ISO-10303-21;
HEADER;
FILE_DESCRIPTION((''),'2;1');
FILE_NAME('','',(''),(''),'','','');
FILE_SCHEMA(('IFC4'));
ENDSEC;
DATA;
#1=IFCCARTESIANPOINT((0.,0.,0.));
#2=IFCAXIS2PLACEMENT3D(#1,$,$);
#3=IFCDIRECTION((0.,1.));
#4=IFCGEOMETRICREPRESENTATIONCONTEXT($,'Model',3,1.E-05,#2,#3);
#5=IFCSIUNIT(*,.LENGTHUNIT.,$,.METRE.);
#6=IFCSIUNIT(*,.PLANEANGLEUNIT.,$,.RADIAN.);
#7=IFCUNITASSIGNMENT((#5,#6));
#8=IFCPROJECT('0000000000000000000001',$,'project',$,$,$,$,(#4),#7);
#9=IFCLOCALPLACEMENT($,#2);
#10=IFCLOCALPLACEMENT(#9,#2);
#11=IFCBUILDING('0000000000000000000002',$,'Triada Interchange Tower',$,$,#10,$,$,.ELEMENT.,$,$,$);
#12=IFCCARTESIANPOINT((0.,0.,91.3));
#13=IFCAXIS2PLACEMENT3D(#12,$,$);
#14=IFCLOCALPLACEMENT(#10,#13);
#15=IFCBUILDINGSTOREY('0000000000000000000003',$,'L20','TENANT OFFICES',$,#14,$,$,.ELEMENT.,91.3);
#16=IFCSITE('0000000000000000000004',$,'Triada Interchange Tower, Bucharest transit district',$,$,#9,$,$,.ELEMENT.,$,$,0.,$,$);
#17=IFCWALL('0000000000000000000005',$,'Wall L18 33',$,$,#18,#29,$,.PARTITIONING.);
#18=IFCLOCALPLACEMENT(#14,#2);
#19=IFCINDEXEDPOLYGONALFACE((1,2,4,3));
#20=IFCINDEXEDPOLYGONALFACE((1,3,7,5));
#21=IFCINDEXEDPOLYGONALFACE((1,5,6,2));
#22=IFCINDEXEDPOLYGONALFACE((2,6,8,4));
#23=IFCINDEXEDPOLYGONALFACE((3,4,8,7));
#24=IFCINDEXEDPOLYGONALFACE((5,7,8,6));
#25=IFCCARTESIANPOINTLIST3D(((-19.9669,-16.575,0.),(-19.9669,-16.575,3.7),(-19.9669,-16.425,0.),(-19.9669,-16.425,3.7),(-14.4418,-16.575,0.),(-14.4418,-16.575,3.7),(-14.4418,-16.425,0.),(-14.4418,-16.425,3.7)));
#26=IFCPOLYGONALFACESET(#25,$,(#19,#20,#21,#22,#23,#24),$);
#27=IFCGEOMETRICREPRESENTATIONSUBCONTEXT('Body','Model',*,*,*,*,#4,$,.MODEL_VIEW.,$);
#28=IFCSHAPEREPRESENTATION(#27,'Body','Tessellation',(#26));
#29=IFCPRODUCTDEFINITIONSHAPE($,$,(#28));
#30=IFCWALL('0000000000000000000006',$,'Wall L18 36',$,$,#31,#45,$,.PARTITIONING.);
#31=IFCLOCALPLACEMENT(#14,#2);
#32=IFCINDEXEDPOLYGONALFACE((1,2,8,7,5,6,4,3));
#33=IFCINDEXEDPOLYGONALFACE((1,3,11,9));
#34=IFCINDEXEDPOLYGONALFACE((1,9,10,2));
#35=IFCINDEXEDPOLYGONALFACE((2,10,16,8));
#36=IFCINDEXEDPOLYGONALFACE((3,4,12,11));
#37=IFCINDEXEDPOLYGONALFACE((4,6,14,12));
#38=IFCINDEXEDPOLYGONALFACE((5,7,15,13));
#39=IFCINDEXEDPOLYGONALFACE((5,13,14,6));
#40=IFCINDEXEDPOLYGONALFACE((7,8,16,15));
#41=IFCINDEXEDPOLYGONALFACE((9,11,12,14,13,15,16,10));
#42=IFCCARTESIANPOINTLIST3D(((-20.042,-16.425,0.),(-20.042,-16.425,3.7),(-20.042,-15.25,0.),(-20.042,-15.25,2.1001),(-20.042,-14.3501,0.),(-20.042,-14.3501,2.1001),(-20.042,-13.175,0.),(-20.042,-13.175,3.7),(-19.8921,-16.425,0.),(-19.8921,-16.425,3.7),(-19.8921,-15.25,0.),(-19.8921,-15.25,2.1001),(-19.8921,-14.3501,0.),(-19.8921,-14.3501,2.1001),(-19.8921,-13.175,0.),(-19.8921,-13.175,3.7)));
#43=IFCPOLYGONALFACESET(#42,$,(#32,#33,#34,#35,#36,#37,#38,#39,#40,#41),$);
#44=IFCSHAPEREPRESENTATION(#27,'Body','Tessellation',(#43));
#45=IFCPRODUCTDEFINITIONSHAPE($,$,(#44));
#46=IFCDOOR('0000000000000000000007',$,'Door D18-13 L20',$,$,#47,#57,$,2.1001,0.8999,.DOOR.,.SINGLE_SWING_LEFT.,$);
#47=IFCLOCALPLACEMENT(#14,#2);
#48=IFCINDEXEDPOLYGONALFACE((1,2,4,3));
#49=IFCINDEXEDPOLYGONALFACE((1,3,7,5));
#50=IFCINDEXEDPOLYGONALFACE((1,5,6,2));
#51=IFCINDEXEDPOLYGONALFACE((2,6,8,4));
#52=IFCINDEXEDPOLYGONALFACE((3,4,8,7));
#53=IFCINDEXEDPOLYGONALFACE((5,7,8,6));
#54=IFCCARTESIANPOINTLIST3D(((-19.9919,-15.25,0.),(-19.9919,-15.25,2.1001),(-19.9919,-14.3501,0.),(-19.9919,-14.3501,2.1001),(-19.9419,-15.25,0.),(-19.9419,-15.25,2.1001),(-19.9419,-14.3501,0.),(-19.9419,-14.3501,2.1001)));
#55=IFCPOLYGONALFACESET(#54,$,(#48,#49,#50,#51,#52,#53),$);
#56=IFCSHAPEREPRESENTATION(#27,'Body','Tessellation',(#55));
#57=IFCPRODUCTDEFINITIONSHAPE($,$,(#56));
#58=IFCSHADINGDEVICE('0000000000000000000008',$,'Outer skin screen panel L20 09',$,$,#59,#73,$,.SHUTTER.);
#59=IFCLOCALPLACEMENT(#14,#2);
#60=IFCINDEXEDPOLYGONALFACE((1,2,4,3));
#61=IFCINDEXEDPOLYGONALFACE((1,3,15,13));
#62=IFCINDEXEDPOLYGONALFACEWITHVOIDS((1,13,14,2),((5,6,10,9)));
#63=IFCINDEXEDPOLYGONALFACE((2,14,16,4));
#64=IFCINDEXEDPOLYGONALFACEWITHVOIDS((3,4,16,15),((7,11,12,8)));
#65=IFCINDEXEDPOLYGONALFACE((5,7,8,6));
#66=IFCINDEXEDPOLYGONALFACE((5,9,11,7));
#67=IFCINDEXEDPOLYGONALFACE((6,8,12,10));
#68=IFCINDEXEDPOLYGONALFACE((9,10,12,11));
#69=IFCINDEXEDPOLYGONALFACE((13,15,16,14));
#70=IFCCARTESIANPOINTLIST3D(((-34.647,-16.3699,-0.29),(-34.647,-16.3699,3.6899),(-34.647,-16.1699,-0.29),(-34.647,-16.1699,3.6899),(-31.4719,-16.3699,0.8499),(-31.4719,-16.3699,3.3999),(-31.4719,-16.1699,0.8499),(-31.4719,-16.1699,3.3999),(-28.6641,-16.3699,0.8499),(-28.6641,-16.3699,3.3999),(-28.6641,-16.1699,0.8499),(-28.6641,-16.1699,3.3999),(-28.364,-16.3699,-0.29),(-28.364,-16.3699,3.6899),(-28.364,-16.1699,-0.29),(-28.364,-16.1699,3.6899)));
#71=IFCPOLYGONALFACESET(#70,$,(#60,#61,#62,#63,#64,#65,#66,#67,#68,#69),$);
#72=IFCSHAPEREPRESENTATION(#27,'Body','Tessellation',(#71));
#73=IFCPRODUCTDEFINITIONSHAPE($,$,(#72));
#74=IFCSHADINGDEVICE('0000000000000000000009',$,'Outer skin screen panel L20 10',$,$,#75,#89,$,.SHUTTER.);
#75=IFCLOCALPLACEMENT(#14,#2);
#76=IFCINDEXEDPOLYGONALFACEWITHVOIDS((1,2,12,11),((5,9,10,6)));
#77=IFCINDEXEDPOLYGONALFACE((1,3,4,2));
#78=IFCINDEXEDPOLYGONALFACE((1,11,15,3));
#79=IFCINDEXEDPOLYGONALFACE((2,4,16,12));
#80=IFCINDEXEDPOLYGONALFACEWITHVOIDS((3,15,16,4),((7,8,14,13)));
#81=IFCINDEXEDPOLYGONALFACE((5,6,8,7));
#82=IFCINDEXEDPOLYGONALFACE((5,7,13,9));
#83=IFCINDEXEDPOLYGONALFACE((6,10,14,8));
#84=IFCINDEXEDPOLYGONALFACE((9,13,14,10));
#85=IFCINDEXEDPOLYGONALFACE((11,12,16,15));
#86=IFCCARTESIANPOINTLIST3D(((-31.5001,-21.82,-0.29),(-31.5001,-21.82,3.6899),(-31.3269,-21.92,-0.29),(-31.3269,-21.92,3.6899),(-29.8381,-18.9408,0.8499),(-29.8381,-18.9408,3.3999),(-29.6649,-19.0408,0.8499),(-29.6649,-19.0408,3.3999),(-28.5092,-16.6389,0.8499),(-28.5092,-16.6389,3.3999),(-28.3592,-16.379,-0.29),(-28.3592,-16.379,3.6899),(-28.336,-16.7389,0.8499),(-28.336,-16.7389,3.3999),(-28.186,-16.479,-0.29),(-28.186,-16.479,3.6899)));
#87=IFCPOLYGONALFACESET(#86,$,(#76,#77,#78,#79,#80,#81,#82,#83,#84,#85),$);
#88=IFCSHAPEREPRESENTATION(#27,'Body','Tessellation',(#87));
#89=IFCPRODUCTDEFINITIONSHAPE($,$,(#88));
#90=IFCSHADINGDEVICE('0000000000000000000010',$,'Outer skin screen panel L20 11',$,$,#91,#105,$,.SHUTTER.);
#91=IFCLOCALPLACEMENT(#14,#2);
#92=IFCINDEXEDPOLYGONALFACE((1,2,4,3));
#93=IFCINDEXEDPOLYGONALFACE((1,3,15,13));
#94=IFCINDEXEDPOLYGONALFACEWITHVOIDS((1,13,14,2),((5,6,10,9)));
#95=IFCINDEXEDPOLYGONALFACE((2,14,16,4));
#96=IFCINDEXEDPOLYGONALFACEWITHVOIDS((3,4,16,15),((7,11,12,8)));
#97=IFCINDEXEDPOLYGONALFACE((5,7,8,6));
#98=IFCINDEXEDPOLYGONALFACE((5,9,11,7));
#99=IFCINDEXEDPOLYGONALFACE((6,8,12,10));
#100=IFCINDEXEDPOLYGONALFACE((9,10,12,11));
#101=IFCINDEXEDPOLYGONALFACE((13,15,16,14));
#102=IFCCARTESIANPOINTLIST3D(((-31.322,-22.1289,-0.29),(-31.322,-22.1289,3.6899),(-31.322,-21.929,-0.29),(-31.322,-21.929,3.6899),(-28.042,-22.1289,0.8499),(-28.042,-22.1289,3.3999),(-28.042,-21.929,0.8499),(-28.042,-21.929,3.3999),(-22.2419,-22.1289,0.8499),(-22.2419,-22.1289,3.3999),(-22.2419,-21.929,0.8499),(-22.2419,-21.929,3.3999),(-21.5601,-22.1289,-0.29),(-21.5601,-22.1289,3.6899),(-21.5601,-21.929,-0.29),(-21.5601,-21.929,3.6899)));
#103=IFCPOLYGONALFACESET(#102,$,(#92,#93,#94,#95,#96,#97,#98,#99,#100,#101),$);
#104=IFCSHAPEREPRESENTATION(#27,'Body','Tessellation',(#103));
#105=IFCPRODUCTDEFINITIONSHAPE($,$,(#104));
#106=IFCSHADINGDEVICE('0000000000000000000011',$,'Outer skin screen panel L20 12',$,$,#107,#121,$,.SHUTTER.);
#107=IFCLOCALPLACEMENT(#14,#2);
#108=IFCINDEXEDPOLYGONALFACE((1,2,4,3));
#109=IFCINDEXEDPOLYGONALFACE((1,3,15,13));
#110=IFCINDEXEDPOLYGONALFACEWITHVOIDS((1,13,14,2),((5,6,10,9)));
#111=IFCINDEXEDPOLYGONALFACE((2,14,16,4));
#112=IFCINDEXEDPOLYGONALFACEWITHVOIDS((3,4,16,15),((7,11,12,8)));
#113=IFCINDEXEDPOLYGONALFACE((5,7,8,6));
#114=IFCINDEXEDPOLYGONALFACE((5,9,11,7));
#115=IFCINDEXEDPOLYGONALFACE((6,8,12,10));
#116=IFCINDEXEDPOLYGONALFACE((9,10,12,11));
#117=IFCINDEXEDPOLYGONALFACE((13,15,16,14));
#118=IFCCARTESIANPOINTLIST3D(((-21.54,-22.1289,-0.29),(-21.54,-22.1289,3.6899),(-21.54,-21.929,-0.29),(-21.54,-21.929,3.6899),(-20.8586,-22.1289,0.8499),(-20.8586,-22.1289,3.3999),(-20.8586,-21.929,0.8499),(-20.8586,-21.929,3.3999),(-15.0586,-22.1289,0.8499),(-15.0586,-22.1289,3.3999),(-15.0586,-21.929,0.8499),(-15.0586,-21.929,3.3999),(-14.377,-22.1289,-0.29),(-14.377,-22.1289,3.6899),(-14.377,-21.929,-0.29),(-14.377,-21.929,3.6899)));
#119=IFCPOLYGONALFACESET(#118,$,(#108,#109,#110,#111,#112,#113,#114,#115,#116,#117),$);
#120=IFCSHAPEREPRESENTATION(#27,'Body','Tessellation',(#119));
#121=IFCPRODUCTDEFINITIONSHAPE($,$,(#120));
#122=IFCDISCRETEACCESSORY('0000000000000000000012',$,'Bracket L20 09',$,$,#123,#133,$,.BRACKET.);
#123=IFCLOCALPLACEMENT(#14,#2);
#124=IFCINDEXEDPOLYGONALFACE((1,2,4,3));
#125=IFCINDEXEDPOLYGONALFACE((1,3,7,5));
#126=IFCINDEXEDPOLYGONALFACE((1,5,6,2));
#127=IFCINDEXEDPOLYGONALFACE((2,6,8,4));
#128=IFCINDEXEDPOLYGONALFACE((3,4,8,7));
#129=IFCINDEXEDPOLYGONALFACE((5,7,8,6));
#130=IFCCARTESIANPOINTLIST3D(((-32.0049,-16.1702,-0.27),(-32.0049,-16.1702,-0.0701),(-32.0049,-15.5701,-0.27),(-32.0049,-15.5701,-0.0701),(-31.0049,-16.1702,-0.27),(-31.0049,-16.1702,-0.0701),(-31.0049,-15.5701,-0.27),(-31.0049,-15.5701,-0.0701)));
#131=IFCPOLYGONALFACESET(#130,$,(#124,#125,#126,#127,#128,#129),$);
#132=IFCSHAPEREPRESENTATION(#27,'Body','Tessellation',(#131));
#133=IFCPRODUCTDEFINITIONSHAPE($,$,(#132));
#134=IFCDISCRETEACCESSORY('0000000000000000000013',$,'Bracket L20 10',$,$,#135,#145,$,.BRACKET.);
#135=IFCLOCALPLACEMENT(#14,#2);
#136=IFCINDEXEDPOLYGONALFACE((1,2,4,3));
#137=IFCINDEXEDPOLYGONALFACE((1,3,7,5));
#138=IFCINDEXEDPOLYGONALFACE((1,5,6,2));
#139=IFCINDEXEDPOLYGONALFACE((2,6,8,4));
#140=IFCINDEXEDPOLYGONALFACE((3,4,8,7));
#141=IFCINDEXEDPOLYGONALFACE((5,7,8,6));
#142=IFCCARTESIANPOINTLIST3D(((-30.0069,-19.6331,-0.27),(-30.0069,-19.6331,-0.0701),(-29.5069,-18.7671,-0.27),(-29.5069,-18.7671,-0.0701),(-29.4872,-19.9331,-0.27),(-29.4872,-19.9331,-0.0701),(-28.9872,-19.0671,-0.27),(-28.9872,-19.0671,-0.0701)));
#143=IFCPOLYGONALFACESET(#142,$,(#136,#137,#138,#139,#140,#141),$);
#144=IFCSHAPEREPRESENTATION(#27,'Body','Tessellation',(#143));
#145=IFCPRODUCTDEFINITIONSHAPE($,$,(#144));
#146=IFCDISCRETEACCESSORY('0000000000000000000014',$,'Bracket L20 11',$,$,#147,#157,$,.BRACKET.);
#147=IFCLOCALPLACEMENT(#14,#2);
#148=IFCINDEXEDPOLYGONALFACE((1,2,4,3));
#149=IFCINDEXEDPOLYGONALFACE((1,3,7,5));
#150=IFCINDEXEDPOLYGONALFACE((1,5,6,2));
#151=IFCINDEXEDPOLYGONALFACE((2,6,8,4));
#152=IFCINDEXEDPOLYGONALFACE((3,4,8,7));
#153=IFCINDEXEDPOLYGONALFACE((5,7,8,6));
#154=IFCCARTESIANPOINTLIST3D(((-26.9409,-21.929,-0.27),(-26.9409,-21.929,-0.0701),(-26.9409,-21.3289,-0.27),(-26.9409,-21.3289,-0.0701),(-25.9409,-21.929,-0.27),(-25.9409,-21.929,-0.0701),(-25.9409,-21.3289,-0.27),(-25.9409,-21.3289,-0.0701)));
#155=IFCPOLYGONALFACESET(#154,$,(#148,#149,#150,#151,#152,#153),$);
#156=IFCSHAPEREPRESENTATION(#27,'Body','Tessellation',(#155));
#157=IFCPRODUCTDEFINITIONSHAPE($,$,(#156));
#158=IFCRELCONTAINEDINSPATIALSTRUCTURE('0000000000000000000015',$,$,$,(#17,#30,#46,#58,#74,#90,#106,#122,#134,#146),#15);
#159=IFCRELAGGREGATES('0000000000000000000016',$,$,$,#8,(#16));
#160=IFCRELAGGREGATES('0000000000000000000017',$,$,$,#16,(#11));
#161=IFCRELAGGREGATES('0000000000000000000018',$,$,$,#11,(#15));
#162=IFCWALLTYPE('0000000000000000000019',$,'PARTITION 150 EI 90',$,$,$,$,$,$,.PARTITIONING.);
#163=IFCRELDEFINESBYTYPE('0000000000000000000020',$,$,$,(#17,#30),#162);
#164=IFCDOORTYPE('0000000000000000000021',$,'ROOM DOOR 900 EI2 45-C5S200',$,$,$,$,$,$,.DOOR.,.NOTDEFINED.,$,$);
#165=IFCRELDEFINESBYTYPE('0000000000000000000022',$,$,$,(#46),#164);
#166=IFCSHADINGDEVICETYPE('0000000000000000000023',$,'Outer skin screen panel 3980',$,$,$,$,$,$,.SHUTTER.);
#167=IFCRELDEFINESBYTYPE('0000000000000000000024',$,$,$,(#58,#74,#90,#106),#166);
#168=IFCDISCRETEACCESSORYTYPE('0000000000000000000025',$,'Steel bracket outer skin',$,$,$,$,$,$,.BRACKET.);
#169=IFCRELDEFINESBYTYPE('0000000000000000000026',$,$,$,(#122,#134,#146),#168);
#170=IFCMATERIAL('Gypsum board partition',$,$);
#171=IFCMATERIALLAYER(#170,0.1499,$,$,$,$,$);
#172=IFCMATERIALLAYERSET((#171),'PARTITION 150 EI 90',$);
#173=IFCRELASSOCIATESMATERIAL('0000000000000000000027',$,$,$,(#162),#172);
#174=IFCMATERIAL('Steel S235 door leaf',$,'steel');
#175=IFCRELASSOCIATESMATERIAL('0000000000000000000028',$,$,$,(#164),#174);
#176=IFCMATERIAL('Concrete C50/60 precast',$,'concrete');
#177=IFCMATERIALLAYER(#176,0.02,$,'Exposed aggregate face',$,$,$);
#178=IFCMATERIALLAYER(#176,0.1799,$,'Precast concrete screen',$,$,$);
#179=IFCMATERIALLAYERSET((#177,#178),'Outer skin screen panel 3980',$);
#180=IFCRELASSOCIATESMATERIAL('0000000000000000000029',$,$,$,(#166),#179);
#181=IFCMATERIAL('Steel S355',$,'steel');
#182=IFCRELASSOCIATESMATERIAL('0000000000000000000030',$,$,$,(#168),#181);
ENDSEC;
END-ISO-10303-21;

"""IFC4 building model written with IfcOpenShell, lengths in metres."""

from ifc_helpers import new_model, si_unit, direction, frame, frame_2d, origin, origin_2d, place, context, subcontext, project, spatial, polyline, rectangle, outline, extrude, material, layer, layer_set, type_object, element, fill, save


model = new_model("IFC4")

# Units and contexts
model_context = context("Model", 3, precision=1e-05, world=origin(), true_north=direction((0.0, 1.0)))
body_context = subcontext(model_context, "Body", "Model", "MODEL_VIEW")
ifc_project = project(units=[si_unit("LENGTHUNIT", "METRE"), si_unit("PLANEANGLEUNIT", "RADIAN")], contexts=[model_context])

# Site, building, storey
site_placement = place(None, origin())
site = spatial("IfcSite", under=ifc_project, at=site_placement, Name="Triada Interchange Tower, Bucharest transit district", CompositionType="ELEMENT", RefElevation=0.0)
building_placement = place(site_placement, origin())
building = spatial("IfcBuilding", under=site, at=building_placement, Name="Triada Interchange Tower", CompositionType="ELEMENT")
storey_placement = place(building_placement, frame((0.0, 0.0, 91.3)))
storey = spatial("IfcBuildingStorey", under=building, at=storey_placement, Name="L20", Description="TENANT OFFICES", CompositionType="ELEMENT", Elevation=91.3)

# Wall
ifc_material_1 = material(Name="Gypsum board partition")
ifc_layer_1 = layer(ifc_material_1, 0.1499)
ifc_layer_set_1 = layer_set([ifc_layer_1], Name="PARTITION 150 EI 90")
wall_type_1 = type_object("IfcWallType", Name="PARTITION 150 EI 90", PredefinedType="PARTITIONING", material=ifc_layer_set_1)
wall_1_placement = place(storey_placement, frame((-19.967, -16.5, 0.0), z_axis=(0.0, 0.0, 1.0), x_axis=(1.0, 0.0, 0.0)))
element("IfcWall", 1, at=wall_1_placement, inside=storey, type_object=wall_type_1, Name="Wall L18 33", PredefinedType="PARTITIONING", context=body_context, shape_type="SweptSolid", body=[
    extrude(rectangle(XDim=5.5251, YDim=0.1499, at=frame_2d((2.7627, 0.0))), origin(), (0.0, 0.0, 1.0), 3.7),
])

# Wall, opening, door
wall_2_placement = place(storey_placement, frame((-19.967, -16.425, 0.0), z_axis=(0.0, 0.0, 1.0), x_axis=(0.0, 1.0, 0.0)))
wall_2 = element("IfcWall", 2, at=wall_2_placement, inside=storey, type_object=wall_type_1, Name="Wall L18 36", PredefinedType="PARTITIONING", context=body_context, shape_type="SweptSolid", body=[
    extrude(rectangle(XDim=3.25, YDim=0.1499, at=frame_2d((1.625, 0.0))), origin(), (0.0, 0.0, 1.0), 3.7),
])
opening_1_placement = place(wall_2_placement, frame((1.175, 0.0, 0.0)))
opening_1 = element("IfcOpeningElement", 3, at=opening_1_placement, cuts=wall_2, PredefinedType="OPENING", context=body_context, shape_type="SweptSolid", body=[
    extrude(rectangle(XDim=0.8999, YDim=2.1001, at=frame_2d((0.45, 1.05))), frame((0.0, 0.085, 0.0), z_axis=(0.0, -1.0, 0.0), x_axis=(1.0, 0.0, 0.0)), (0.0, 0.0, 1.0), 0.1699),
])
ifc_material_2 = material(Name="Steel S235 door leaf", Category="steel")
door_type = type_object("IfcDoorType", Name="ROOM DOOR 900 EI2 45-C5S200", OperationType="NOTDEFINED", PredefinedType="DOOR", material=ifc_material_2)
door_placement = place(opening_1_placement, origin())
door = element("IfcDoor", 4, at=door_placement, inside=storey, type_object=door_type, Name="Door D18-13 L20", OperationType="SINGLE_SWING_LEFT", OverallHeight=2.1001, OverallWidth=0.8999, PredefinedType="DOOR", context=body_context, shape_type="SweptSolid", body=[
    extrude(rectangle(XDim=0.8999, YDim=2.1001, at=frame_2d((0.45, 1.05))), frame((0.0, 0.0249, 0.0), z_axis=(0.0, -1.0, 0.0), x_axis=(1.0, 0.0, 0.0)), (0.0, 0.0, 1.0), 0.05),
])
fill(opening_1, door)

# Shading devices
ifc_material_3 = material(Name="Concrete C50/60 precast", Category="concrete")
ifc_layer_2 = layer(ifc_material_3, 0.02, Name="Exposed aggregate face")
ifc_layer_3 = layer(ifc_material_3, 0.1799, Name="Precast concrete screen")
ifc_layer_set_2 = layer_set([ifc_layer_2, ifc_layer_3], Name="Outer skin screen panel 3980")
shading_device_type = type_object("IfcShadingDeviceType", Name="Outer skin screen panel 3980", PredefinedType="SHUTTER", material=ifc_layer_set_2)
shading_device_1_placement = place(storey_placement, frame((-34.647, -16.1699, -0.29), z_axis=(0.0, 0.0, 1.0), x_axis=(1.0, 0.0, 0.0)))
element("IfcShadingDevice", 5, at=shading_device_1_placement, inside=storey, type_object=shading_device_type, Name="Outer skin screen panel L20 09", PredefinedType="SHUTTER", context=body_context, shape_type="SweptSolid", body=[
    extrude(outline(polyline([(0.0, 0.0), (6.283, 0.0), (6.283, 3.98), (0.0, 3.98), (0.0, 0.0)]), holes=[polyline([(3.175, 1.1399), (3.175, 3.6899), (5.9829, 3.6899), (5.9829, 1.1399), (3.175, 1.1399)])]), frame((0.0, 0.0, 0.0), z_axis=(0.0, -1.0, 0.0), x_axis=(1.0, 0.0, 0.0)), (0.0, 0.0, 1.0), 0.2),
])
shading_device_2_placement = place(storey_placement, frame((-28.186, -16.479, -0.29), z_axis=(0.0, 0.0, 1.0), x_axis=(-0.499947, -0.866056, 0.0)))
element("IfcShadingDevice", 6, at=shading_device_2_placement, inside=storey, type_object=shading_device_type, Name="Outer skin screen panel L20 10", PredefinedType="SHUTTER", context=body_context, shape_type="SweptSolid", body=[
    extrude(outline(polyline([(0.0, 0.0), (6.2825, 0.0), (6.2825, 3.98), (0.0, 3.98), (0.0, 0.0)]), holes=[polyline([(0.3, 1.1399), (0.3, 3.6899), (2.958, 3.6899), (2.958, 1.1399), (0.3, 1.1399)])]), frame((0.0, 0.0, 0.0), z_axis=(0.0, -1.0, 0.0), x_axis=(1.0, 0.0, 0.0)), (0.0, 0.0, 1.0), 0.2),
])
shading_device_3_placement = place(storey_placement, frame((-31.322, -21.929, -0.29), z_axis=(0.0, 0.0, 1.0), x_axis=(1.0, 0.0, 0.0)))
element("IfcShadingDevice", 7, at=shading_device_3_placement, inside=storey, type_object=shading_device_type, Name="Outer skin screen panel L20 11", PredefinedType="SHUTTER", context=body_context, shape_type="SweptSolid", body=[
    extrude(outline(polyline([(0.0, 0.0), (9.762, 0.0), (9.762, 3.98), (0.0, 3.98), (0.0, 0.0)]), holes=[polyline([(3.28, 1.1399), (3.28, 3.6899), (9.0801, 3.6899), (9.0801, 1.1399), (3.28, 1.1399)])]), frame((0.0, 0.0, 0.0), z_axis=(0.0, -1.0, 0.0), x_axis=(1.0, 0.0, 0.0)), (0.0, 0.0, 1.0), 0.2),
])
shading_device_4_placement = place(storey_placement, frame((-21.54, -21.929, -0.29), z_axis=(0.0, 0.0, 1.0), x_axis=(1.0, 0.0, 0.0)))
element("IfcShadingDevice", 8, at=shading_device_4_placement, inside=storey, type_object=shading_device_type, Name="Outer skin screen panel L20 12", PredefinedType="SHUTTER", context=body_context, shape_type="SweptSolid", body=[
    extrude(outline(polyline([(0.0, 0.0), (7.1631, 0.0), (7.1631, 3.98), (0.0, 3.98), (0.0, 0.0)]), holes=[polyline([(0.6814, 1.1399), (0.6814, 3.6899), (6.4814, 3.6899), (6.4814, 1.1399), (0.6814, 1.1399)])]), frame((0.0, 0.0, 0.0), z_axis=(0.0, -1.0, 0.0), x_axis=(1.0, 0.0, 0.0)), (0.0, 0.0, 1.0), 0.2),
])

# Discrete accessories
ifc_material_4 = material(Name="Steel S355", Category="steel")
discrete_accessory_type = type_object("IfcDiscreteAccessoryType", Name="Steel bracket outer skin", PredefinedType="BRACKET", material=ifc_material_4)
for number, where, z_axis, x_axis, name in (
    (9, (-31.5049, -15.8701, -0.27), (0.0, 0.0, 1.0), (0.0, -1.0, 0.0), "Bracket L20 09"),
    (10, (-29.4971, -19.3501, -0.27), (0.0, 0.0, 1.0), (-0.866023, 0.500004, 0.0), "Bracket L20 10"),
    (11, (-26.4409, -21.6289, -0.27), (0.0, 0.0, 1.0), (0.0, -1.0, 0.0), "Bracket L20 11"),
):
    element("IfcDiscreteAccessory", number, at=place(storey_placement, frame(where, z_axis=z_axis, x_axis=x_axis)), inside=storey, type_object=discrete_accessory_type, Name=name, PredefinedType="BRACKET", context=body_context, shape_type="SweptSolid", body=[
        extrude(rectangle(XDim=0.6001, YDim=1.0, at=origin_2d()), origin(), (0.0, 0.0, 1.0), 0.2),
    ])

save(model, "model.ifc")
